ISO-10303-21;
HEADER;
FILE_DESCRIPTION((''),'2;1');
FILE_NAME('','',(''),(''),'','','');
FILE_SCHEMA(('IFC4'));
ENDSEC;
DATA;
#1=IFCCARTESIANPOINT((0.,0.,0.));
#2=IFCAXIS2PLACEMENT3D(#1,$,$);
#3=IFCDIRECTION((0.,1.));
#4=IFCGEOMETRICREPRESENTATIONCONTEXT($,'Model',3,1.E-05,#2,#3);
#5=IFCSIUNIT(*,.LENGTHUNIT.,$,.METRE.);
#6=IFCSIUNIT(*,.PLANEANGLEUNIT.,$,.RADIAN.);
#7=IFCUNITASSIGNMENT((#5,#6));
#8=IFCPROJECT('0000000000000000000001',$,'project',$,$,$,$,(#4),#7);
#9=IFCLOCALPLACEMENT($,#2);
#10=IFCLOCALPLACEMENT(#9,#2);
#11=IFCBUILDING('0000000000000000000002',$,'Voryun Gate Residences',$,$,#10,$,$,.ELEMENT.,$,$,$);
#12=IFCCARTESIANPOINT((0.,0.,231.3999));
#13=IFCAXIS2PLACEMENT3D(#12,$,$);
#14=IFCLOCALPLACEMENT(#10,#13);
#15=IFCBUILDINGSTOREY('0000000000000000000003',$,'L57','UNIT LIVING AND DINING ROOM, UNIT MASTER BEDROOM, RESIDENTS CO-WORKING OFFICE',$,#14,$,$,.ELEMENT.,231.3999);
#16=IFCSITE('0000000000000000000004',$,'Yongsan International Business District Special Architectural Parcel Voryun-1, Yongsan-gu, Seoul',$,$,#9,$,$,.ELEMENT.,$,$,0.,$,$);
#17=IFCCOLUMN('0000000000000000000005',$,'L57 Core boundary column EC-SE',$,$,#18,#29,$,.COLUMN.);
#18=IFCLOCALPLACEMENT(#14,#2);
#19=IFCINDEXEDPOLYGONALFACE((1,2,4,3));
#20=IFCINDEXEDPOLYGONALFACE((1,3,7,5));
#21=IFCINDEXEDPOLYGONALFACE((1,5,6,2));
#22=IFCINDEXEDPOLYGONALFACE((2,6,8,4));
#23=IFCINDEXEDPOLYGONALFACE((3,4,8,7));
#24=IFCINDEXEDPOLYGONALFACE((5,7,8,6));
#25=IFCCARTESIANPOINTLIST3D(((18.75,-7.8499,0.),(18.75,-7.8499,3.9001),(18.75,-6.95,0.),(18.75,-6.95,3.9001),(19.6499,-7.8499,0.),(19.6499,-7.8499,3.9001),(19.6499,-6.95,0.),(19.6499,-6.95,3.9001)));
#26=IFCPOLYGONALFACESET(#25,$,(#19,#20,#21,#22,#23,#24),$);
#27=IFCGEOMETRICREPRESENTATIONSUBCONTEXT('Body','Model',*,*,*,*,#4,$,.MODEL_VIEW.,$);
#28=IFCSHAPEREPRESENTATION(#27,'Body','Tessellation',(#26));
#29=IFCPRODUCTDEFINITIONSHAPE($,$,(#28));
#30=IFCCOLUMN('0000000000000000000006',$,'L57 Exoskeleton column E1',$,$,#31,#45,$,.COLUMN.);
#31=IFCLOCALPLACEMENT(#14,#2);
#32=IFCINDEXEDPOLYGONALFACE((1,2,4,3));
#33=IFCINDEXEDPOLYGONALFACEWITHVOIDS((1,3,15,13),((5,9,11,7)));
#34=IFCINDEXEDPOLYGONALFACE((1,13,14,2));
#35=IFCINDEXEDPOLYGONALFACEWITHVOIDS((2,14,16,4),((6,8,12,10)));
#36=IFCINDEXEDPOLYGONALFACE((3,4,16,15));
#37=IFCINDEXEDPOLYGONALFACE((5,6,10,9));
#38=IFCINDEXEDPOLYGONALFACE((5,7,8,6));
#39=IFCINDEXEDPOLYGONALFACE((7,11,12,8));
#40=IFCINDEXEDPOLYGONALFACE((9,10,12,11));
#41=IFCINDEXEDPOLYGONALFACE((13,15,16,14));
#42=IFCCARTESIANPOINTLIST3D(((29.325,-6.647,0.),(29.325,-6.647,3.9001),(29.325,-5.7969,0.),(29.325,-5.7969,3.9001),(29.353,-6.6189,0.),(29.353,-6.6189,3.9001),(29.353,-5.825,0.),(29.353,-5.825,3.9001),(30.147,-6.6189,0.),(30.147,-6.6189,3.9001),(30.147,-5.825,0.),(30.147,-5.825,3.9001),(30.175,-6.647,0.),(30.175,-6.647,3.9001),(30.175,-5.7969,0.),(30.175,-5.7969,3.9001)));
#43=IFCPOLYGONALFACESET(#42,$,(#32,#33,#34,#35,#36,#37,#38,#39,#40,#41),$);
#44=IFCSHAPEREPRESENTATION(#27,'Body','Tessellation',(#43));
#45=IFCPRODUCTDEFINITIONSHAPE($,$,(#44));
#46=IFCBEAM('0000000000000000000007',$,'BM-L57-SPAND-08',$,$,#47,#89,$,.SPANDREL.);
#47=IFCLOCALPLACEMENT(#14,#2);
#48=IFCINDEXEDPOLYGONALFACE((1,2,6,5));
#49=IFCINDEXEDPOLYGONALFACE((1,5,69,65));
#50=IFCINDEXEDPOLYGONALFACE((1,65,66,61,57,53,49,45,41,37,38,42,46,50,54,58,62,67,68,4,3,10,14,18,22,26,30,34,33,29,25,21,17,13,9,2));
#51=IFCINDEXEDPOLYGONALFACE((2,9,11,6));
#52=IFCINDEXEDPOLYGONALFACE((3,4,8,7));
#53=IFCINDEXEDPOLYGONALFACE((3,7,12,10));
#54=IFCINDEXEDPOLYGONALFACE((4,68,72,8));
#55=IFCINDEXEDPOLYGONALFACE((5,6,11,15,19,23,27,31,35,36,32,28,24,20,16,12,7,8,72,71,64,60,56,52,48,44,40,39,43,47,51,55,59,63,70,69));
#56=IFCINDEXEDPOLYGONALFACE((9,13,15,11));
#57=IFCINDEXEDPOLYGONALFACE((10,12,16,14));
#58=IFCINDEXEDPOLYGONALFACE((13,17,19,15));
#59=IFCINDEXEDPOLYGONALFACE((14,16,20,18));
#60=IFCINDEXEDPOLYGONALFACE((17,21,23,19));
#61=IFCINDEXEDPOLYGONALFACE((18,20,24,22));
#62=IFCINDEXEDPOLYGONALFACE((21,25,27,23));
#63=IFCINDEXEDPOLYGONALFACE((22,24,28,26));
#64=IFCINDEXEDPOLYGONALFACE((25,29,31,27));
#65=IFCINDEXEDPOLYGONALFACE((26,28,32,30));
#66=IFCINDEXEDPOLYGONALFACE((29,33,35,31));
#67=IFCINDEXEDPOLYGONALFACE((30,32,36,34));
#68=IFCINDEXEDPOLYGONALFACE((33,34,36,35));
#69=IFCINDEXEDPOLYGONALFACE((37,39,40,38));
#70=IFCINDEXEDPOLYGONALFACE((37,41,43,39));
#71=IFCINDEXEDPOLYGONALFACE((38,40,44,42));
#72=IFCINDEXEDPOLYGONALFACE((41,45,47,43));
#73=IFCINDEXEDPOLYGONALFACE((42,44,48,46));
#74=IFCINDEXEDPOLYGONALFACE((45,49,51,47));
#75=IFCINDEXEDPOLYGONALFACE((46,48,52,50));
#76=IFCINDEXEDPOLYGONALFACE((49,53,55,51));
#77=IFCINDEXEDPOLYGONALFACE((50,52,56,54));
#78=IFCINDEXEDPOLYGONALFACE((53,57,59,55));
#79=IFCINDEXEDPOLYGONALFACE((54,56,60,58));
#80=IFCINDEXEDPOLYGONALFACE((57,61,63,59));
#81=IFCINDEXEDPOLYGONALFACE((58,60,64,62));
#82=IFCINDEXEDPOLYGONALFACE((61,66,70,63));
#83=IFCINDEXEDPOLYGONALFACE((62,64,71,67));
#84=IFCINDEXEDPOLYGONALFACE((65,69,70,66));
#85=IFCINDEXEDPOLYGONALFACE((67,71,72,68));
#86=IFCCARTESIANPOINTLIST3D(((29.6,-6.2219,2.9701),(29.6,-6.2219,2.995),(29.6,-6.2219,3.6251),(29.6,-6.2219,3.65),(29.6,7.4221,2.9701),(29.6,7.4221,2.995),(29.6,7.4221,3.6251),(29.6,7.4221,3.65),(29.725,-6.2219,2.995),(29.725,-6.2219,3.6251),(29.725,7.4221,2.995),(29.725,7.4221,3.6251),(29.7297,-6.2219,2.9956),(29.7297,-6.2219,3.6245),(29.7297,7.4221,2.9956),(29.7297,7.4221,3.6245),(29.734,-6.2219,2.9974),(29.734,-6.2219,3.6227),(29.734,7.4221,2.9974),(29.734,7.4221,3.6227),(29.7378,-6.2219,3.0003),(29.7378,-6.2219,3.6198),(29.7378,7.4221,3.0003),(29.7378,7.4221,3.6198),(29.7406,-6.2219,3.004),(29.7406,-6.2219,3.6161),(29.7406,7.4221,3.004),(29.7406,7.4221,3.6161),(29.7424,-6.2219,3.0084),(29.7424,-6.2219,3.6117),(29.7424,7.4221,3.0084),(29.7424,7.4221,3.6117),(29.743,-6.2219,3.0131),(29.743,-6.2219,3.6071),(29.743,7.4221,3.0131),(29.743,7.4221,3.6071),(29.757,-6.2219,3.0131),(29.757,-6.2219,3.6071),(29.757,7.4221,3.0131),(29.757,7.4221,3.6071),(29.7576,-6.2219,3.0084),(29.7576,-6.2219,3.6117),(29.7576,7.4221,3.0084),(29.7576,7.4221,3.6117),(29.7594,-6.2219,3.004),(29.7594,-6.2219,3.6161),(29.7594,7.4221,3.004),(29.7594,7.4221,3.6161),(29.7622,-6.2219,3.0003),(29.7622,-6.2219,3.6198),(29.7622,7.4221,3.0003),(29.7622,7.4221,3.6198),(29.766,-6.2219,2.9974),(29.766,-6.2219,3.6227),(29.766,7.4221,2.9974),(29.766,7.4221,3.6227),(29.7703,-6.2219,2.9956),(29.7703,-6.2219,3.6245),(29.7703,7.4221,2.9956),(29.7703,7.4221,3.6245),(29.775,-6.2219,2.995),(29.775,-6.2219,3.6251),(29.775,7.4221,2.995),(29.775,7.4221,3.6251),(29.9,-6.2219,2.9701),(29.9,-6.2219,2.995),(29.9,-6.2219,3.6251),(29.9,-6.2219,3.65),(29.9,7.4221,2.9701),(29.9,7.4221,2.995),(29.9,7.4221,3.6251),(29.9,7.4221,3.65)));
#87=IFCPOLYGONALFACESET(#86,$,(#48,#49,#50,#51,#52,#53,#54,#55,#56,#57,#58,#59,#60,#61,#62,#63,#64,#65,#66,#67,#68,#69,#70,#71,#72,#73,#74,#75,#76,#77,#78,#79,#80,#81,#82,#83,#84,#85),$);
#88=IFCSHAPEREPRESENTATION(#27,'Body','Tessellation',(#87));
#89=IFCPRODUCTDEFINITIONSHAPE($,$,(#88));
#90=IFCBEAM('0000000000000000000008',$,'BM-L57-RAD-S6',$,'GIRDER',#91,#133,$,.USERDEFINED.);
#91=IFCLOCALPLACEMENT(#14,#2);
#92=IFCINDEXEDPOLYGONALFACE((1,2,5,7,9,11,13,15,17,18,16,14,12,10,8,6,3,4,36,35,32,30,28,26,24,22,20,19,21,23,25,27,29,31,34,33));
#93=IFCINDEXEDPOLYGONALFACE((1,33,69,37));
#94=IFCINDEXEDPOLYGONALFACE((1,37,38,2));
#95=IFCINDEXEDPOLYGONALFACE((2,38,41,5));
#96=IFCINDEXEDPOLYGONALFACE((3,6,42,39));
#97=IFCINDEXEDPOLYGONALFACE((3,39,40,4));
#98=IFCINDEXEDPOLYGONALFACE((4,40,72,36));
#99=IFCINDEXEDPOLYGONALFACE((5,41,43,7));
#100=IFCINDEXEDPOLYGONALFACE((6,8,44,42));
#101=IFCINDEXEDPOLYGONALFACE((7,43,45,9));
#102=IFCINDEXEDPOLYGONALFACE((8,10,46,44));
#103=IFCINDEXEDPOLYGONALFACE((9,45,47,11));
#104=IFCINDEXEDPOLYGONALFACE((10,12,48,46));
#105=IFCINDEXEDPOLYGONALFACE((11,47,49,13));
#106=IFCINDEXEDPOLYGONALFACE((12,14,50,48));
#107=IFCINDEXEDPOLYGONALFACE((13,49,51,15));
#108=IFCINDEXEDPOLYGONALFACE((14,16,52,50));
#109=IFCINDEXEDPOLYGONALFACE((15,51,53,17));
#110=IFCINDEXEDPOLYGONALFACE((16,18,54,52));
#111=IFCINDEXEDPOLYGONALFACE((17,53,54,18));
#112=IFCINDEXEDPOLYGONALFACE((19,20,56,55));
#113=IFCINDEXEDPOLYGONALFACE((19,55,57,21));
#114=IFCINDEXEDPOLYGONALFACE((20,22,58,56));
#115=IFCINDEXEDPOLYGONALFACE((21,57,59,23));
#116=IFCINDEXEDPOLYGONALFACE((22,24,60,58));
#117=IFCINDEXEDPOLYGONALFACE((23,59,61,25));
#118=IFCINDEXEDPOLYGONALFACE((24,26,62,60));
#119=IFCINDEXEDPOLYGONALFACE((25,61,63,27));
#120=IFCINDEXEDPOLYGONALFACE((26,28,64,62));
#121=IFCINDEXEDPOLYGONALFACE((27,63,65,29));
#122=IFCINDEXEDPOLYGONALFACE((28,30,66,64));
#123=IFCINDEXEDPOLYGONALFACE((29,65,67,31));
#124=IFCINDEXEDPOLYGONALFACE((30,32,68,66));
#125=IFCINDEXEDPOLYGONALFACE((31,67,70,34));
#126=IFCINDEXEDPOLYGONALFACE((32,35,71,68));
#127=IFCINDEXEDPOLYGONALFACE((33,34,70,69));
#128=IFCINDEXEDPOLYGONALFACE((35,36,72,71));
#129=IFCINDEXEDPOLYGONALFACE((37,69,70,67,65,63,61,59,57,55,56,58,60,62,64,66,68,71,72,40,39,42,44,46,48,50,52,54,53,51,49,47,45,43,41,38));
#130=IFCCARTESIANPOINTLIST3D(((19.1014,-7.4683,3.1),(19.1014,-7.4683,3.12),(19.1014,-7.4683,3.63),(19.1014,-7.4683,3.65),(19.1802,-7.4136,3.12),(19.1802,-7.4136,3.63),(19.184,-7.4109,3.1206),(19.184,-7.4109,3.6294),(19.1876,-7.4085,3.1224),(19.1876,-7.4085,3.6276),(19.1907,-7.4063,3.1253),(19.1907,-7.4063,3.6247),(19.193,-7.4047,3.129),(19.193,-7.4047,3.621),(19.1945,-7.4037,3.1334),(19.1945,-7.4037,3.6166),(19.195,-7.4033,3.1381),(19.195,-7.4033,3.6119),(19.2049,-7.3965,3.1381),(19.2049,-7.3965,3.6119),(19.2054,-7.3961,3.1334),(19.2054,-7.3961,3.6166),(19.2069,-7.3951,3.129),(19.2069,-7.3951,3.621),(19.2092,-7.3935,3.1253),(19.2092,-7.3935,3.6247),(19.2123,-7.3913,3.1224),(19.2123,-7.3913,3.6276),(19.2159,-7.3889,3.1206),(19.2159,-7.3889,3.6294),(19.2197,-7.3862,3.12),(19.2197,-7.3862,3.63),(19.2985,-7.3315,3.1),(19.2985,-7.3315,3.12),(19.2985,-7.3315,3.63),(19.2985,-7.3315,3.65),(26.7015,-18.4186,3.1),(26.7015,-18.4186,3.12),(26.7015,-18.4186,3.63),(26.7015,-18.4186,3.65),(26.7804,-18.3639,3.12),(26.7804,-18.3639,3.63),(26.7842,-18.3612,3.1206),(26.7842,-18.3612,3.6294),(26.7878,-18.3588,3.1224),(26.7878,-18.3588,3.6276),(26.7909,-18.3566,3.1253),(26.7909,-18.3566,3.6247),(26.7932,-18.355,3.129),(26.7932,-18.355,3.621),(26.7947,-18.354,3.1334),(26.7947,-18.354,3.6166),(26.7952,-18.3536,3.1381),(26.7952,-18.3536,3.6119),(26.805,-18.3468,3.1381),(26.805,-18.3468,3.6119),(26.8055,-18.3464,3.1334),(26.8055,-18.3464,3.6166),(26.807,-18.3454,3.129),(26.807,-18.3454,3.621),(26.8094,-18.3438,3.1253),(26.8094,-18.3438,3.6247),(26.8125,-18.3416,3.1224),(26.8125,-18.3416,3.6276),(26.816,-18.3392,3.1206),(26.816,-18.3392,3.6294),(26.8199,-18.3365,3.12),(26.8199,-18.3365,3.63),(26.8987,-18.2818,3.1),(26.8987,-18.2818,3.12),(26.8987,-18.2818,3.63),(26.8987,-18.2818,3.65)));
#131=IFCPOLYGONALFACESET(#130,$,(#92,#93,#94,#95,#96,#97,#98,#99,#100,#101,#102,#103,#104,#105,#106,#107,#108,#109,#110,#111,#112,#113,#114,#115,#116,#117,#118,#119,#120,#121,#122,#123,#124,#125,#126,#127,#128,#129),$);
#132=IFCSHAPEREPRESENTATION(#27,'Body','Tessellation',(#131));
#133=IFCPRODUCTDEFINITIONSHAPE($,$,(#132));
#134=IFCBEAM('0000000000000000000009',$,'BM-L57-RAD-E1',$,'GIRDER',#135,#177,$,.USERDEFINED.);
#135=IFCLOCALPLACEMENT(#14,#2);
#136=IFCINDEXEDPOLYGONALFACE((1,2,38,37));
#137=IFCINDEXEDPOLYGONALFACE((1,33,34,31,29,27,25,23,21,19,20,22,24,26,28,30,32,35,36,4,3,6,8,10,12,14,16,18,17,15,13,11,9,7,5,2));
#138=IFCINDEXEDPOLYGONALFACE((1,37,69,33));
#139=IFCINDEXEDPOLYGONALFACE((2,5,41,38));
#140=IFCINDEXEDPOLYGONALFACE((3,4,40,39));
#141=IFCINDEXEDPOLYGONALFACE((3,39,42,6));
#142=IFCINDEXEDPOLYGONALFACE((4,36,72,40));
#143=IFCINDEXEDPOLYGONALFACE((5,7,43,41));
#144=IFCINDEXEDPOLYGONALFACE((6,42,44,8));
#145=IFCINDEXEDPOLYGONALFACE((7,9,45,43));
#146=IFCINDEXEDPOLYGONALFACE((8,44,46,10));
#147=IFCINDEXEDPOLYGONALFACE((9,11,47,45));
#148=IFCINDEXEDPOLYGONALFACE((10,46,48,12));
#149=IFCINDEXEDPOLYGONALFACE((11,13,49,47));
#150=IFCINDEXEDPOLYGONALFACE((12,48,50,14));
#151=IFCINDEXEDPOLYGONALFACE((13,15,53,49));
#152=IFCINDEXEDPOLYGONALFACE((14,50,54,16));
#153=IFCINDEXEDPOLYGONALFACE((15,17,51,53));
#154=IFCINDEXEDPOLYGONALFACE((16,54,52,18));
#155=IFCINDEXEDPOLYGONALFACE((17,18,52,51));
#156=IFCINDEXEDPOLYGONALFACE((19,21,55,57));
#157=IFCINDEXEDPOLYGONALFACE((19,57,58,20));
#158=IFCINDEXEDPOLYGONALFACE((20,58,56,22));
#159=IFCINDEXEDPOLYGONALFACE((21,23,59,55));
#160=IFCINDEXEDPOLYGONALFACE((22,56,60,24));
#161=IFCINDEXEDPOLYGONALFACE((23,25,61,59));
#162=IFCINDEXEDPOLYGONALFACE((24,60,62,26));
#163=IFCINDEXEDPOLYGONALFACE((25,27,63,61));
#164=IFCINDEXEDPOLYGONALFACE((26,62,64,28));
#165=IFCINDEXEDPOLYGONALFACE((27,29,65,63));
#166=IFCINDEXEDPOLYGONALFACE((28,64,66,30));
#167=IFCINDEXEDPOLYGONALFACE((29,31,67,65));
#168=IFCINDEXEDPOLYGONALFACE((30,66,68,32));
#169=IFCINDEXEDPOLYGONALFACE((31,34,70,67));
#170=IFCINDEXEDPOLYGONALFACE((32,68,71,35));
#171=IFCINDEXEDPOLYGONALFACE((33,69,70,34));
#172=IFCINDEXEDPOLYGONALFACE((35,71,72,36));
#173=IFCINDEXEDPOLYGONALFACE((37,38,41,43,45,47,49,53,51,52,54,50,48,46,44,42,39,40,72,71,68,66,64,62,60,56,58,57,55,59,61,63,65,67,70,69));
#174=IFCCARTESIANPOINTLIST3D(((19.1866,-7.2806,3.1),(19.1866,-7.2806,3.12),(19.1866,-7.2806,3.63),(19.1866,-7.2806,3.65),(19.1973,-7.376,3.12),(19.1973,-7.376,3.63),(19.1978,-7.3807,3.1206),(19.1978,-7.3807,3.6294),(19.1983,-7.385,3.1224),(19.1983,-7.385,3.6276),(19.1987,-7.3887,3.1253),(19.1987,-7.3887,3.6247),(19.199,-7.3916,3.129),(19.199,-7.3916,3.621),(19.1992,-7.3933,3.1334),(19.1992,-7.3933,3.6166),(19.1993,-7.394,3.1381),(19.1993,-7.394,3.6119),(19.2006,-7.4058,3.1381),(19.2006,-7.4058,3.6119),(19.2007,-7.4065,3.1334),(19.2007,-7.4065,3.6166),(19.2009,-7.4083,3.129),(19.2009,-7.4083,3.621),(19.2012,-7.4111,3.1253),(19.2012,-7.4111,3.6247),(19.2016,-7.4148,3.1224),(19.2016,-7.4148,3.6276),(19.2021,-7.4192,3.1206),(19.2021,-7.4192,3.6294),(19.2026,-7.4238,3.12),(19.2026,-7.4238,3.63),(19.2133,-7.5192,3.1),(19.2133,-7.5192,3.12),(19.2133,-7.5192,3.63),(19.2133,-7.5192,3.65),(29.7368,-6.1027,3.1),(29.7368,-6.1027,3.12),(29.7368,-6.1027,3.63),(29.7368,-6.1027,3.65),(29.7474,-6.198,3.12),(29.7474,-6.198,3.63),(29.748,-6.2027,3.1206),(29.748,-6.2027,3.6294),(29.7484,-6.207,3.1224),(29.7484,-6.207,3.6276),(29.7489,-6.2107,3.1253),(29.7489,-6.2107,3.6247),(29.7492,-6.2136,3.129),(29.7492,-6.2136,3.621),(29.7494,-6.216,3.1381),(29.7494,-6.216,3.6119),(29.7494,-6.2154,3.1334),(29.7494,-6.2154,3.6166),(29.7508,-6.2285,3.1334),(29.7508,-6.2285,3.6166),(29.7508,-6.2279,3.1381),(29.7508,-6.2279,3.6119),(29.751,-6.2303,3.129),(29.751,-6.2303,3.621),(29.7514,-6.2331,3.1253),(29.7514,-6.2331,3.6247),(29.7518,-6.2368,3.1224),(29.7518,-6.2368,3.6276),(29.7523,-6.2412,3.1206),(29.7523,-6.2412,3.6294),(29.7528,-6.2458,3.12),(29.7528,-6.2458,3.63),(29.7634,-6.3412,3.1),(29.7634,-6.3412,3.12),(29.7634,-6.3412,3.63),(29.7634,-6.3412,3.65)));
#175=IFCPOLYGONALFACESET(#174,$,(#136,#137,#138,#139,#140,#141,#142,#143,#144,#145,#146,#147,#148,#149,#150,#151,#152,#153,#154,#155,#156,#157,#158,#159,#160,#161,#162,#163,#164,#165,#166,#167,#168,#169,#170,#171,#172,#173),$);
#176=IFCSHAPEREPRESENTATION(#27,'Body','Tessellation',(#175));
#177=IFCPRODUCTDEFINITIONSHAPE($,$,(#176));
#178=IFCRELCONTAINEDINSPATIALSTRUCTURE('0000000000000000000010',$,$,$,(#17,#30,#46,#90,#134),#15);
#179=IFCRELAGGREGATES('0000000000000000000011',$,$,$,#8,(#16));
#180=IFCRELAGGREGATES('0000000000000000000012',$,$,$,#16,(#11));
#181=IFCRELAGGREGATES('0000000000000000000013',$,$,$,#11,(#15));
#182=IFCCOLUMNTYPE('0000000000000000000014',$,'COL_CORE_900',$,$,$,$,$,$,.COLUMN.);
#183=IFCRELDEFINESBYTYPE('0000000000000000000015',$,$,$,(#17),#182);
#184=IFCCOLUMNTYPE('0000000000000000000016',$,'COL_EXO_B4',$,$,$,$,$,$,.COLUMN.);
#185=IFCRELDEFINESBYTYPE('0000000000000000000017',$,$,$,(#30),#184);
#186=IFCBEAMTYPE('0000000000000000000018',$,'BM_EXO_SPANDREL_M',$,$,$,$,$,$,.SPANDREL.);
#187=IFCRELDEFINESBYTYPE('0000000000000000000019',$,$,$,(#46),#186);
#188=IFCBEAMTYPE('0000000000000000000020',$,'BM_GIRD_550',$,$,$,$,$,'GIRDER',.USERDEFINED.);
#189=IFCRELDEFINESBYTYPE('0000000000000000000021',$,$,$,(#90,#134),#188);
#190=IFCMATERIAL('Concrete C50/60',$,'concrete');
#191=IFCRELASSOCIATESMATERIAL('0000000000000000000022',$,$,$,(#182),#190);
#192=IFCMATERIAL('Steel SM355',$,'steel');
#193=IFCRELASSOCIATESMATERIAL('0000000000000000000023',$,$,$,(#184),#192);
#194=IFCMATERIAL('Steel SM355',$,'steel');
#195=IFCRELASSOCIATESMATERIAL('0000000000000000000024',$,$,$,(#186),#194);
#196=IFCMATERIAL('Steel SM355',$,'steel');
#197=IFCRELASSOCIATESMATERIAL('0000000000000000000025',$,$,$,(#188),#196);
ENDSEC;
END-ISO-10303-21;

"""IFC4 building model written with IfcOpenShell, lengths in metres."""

from ifc_helpers import new_model, si_unit, direction, frame, origin, origin_2d, place, context, subcontext, project, spatial, rectangle, hollow_rectangle, i_section, extrude, material, material_profile, profile_set, type_object, element, save


model = new_model("IFC4")

# Units and contexts
model_context = context("Model", 3, precision=1e-05, world=origin(), true_north=direction((0.0, 1.0)))
body_context = subcontext(model_context, "Body", "Model", "MODEL_VIEW")
ifc_project = project(units=[si_unit("LENGTHUNIT", "METRE"), si_unit("PLANEANGLEUNIT", "RADIAN")], contexts=[model_context])

# Site, building, storey
site_placement = place(None, origin())
site = spatial("IfcSite", under=ifc_project, at=site_placement, Name="Yongsan International Business District Special Architectural Parcel Voryun-1, Yongsan-gu, Seoul", CompositionType="ELEMENT", RefElevation=0.0)
building_placement = place(site_placement, origin())
building = spatial("IfcBuilding", under=site, at=building_placement, Name="Voryun Gate Residences", CompositionType="ELEMENT")
storey_placement = place(building_placement, frame((0.0, 0.0, 231.3999)))
storey = spatial("IfcBuildingStorey", under=building, at=storey_placement, Name="L57", Description="UNIT LIVING AND DINING ROOM, UNIT MASTER BEDROOM, RESIDENTS CO-WORKING OFFICE", CompositionType="ELEMENT", Elevation=231.3999)

# Columns
ifc_material_1 = material(Name="Concrete C50/60", Category="concrete")
ifc_material_profile_1 = material_profile(ifc_material_1, rectangle(XDim=0.8999, YDim=0.8999, at=origin_2d()), Name="RC-900x900")
ifc_profile_set_1 = profile_set([ifc_material_profile_1], Name="Concrete C50/60")
column_type_1 = type_object("IfcColumnType", Name="COL_CORE_900", PredefinedType="COLUMN", material=ifc_profile_set_1)
column_1_placement = place(storey_placement, frame((19.2, -7.3999, 0.0), z_axis=(0.0, 0.0, 1.0), x_axis=(1.0, 0.0, 0.0)))
element("IfcColumn", 1, at=column_1_placement, inside=storey, type_object=column_type_1, Name="L57 Core boundary column EC-SE", PredefinedType="COLUMN", context=body_context, shape_type="SweptSolid", body=[
    extrude(rectangle(XDim=0.8999, YDim=0.8999, at=origin_2d()), origin(), (0.0, 0.0, 1.0), 3.9001),
])
ifc_material_2 = material(Name="Steel SM355", Category="steel")
ifc_material_profile_2 = material_profile(ifc_material_2, hollow_rectangle(XDim=0.8501, YDim=0.8501, WallThickness=0.0281, at=origin_2d()), Name="BOX-850x850x28")
ifc_profile_set_2 = profile_set([ifc_material_profile_2], Name="Steel SM355")
column_type_2 = type_object("IfcColumnType", Name="COL_EXO_B4", PredefinedType="COLUMN", material=ifc_profile_set_2)
column_2_placement = place(storey_placement, frame((29.75, -6.2219, 0.0), z_axis=(0.0, 0.0, 1.0), x_axis=(1.0, 0.0, 0.0)))
element("IfcColumn", 2, at=column_2_placement, inside=storey, type_object=column_type_2, Name="L57 Exoskeleton column E1", PredefinedType="COLUMN", context=body_context, shape_type="SweptSolid", body=[
    extrude(hollow_rectangle(XDim=0.8501, YDim=0.8501, WallThickness=0.0281, at=origin_2d()), origin(), (0.0, 0.0, 1.0), 3.9001),
])

# Beams
ifc_material_3 = material(Name="Steel SM355", Category="steel")
ifc_material_profile_3 = material_profile(ifc_material_3, i_section(OverallWidth=0.3, OverallDepth=0.6799, WebThickness=0.0139, FlangeThickness=0.0249, FilletRadius=0.0181, at=origin_2d()), Name="H-680x300x14x25")
ifc_profile_set_3 = profile_set([ifc_material_profile_3], Name="Steel SM355")
beam_type_1 = type_object("IfcBeamType", Name="BM_EXO_SPANDREL_M", PredefinedType="SPANDREL", material=ifc_profile_set_3)
beam_1_placement = place(storey_placement, frame((29.75, -6.2219, 3.3101), z_axis=(0.0, 1.0, 0.0), x_axis=(-1.0, 0.0, 0.0)))
element("IfcBeam", 3, at=beam_1_placement, inside=storey, type_object=beam_type_1, Name="BM-L57-SPAND-08", PredefinedType="SPANDREL", context=body_context, shape_type="SweptSolid", body=[
    extrude(i_section(OverallWidth=0.3, OverallDepth=0.6799, WebThickness=0.0139, FlangeThickness=0.0249, FilletRadius=0.0181, at=origin_2d()), origin(), (0.0, 0.0, 1.0), 13.644),
])
ifc_material_4 = material(Name="Steel SM355", Category="steel")
ifc_material_profile_4 = material_profile(ifc_material_4, i_section(OverallWidth=0.24, OverallDepth=0.55, WebThickness=0.012, FlangeThickness=0.02, FilletRadius=0.0181, at=origin_2d()), Name="H-550x240x12x20")
ifc_profile_set_4 = profile_set([ifc_material_profile_4], Name="Steel SM355")
beam_type_2 = type_object("IfcBeamType", Name="BM_GIRD_550", ElementType="GIRDER", PredefinedType="USERDEFINED", material=ifc_profile_set_4)
beam_2_placement = place(storey_placement, frame((19.2, -7.3999, 3.375), z_axis=(0.570183, -0.821518, 0.0), x_axis=(0.821518, 0.570183, 0.0)))
element("IfcBeam", 4, at=beam_2_placement, inside=storey, type_object=beam_type_2, Name="BM-L57-RAD-S6", ObjectType="GIRDER", PredefinedType="USERDEFINED", context=body_context, shape_type="SweptSolid", body=[
    extrude(i_section(OverallWidth=0.24, OverallDepth=0.55, WebThickness=0.012, FlangeThickness=0.02, FilletRadius=0.0181, at=origin_2d()), origin(), (0.0, 0.0, 1.0), 13.3293),
])
beam_3_placement = place(storey_placement, frame((19.2, -7.3999, 3.375), z_axis=(0.993824, 0.110967, 0.0), x_axis=(-0.110967, 0.993824, 0.0)))
element("IfcBeam", 5, at=beam_3_placement, inside=storey, type_object=beam_type_2, Name="BM-L57-RAD-E1", ObjectType="GIRDER", PredefinedType="USERDEFINED", context=body_context, shape_type="SweptSolid", body=[
    extrude(i_section(OverallWidth=0.24, OverallDepth=0.55, WebThickness=0.012, FlangeThickness=0.02, FilletRadius=0.0181, at=origin_2d()), origin(), (0.0, 0.0, 1.0), 10.6157),
])

save(model, "model.ifc")
